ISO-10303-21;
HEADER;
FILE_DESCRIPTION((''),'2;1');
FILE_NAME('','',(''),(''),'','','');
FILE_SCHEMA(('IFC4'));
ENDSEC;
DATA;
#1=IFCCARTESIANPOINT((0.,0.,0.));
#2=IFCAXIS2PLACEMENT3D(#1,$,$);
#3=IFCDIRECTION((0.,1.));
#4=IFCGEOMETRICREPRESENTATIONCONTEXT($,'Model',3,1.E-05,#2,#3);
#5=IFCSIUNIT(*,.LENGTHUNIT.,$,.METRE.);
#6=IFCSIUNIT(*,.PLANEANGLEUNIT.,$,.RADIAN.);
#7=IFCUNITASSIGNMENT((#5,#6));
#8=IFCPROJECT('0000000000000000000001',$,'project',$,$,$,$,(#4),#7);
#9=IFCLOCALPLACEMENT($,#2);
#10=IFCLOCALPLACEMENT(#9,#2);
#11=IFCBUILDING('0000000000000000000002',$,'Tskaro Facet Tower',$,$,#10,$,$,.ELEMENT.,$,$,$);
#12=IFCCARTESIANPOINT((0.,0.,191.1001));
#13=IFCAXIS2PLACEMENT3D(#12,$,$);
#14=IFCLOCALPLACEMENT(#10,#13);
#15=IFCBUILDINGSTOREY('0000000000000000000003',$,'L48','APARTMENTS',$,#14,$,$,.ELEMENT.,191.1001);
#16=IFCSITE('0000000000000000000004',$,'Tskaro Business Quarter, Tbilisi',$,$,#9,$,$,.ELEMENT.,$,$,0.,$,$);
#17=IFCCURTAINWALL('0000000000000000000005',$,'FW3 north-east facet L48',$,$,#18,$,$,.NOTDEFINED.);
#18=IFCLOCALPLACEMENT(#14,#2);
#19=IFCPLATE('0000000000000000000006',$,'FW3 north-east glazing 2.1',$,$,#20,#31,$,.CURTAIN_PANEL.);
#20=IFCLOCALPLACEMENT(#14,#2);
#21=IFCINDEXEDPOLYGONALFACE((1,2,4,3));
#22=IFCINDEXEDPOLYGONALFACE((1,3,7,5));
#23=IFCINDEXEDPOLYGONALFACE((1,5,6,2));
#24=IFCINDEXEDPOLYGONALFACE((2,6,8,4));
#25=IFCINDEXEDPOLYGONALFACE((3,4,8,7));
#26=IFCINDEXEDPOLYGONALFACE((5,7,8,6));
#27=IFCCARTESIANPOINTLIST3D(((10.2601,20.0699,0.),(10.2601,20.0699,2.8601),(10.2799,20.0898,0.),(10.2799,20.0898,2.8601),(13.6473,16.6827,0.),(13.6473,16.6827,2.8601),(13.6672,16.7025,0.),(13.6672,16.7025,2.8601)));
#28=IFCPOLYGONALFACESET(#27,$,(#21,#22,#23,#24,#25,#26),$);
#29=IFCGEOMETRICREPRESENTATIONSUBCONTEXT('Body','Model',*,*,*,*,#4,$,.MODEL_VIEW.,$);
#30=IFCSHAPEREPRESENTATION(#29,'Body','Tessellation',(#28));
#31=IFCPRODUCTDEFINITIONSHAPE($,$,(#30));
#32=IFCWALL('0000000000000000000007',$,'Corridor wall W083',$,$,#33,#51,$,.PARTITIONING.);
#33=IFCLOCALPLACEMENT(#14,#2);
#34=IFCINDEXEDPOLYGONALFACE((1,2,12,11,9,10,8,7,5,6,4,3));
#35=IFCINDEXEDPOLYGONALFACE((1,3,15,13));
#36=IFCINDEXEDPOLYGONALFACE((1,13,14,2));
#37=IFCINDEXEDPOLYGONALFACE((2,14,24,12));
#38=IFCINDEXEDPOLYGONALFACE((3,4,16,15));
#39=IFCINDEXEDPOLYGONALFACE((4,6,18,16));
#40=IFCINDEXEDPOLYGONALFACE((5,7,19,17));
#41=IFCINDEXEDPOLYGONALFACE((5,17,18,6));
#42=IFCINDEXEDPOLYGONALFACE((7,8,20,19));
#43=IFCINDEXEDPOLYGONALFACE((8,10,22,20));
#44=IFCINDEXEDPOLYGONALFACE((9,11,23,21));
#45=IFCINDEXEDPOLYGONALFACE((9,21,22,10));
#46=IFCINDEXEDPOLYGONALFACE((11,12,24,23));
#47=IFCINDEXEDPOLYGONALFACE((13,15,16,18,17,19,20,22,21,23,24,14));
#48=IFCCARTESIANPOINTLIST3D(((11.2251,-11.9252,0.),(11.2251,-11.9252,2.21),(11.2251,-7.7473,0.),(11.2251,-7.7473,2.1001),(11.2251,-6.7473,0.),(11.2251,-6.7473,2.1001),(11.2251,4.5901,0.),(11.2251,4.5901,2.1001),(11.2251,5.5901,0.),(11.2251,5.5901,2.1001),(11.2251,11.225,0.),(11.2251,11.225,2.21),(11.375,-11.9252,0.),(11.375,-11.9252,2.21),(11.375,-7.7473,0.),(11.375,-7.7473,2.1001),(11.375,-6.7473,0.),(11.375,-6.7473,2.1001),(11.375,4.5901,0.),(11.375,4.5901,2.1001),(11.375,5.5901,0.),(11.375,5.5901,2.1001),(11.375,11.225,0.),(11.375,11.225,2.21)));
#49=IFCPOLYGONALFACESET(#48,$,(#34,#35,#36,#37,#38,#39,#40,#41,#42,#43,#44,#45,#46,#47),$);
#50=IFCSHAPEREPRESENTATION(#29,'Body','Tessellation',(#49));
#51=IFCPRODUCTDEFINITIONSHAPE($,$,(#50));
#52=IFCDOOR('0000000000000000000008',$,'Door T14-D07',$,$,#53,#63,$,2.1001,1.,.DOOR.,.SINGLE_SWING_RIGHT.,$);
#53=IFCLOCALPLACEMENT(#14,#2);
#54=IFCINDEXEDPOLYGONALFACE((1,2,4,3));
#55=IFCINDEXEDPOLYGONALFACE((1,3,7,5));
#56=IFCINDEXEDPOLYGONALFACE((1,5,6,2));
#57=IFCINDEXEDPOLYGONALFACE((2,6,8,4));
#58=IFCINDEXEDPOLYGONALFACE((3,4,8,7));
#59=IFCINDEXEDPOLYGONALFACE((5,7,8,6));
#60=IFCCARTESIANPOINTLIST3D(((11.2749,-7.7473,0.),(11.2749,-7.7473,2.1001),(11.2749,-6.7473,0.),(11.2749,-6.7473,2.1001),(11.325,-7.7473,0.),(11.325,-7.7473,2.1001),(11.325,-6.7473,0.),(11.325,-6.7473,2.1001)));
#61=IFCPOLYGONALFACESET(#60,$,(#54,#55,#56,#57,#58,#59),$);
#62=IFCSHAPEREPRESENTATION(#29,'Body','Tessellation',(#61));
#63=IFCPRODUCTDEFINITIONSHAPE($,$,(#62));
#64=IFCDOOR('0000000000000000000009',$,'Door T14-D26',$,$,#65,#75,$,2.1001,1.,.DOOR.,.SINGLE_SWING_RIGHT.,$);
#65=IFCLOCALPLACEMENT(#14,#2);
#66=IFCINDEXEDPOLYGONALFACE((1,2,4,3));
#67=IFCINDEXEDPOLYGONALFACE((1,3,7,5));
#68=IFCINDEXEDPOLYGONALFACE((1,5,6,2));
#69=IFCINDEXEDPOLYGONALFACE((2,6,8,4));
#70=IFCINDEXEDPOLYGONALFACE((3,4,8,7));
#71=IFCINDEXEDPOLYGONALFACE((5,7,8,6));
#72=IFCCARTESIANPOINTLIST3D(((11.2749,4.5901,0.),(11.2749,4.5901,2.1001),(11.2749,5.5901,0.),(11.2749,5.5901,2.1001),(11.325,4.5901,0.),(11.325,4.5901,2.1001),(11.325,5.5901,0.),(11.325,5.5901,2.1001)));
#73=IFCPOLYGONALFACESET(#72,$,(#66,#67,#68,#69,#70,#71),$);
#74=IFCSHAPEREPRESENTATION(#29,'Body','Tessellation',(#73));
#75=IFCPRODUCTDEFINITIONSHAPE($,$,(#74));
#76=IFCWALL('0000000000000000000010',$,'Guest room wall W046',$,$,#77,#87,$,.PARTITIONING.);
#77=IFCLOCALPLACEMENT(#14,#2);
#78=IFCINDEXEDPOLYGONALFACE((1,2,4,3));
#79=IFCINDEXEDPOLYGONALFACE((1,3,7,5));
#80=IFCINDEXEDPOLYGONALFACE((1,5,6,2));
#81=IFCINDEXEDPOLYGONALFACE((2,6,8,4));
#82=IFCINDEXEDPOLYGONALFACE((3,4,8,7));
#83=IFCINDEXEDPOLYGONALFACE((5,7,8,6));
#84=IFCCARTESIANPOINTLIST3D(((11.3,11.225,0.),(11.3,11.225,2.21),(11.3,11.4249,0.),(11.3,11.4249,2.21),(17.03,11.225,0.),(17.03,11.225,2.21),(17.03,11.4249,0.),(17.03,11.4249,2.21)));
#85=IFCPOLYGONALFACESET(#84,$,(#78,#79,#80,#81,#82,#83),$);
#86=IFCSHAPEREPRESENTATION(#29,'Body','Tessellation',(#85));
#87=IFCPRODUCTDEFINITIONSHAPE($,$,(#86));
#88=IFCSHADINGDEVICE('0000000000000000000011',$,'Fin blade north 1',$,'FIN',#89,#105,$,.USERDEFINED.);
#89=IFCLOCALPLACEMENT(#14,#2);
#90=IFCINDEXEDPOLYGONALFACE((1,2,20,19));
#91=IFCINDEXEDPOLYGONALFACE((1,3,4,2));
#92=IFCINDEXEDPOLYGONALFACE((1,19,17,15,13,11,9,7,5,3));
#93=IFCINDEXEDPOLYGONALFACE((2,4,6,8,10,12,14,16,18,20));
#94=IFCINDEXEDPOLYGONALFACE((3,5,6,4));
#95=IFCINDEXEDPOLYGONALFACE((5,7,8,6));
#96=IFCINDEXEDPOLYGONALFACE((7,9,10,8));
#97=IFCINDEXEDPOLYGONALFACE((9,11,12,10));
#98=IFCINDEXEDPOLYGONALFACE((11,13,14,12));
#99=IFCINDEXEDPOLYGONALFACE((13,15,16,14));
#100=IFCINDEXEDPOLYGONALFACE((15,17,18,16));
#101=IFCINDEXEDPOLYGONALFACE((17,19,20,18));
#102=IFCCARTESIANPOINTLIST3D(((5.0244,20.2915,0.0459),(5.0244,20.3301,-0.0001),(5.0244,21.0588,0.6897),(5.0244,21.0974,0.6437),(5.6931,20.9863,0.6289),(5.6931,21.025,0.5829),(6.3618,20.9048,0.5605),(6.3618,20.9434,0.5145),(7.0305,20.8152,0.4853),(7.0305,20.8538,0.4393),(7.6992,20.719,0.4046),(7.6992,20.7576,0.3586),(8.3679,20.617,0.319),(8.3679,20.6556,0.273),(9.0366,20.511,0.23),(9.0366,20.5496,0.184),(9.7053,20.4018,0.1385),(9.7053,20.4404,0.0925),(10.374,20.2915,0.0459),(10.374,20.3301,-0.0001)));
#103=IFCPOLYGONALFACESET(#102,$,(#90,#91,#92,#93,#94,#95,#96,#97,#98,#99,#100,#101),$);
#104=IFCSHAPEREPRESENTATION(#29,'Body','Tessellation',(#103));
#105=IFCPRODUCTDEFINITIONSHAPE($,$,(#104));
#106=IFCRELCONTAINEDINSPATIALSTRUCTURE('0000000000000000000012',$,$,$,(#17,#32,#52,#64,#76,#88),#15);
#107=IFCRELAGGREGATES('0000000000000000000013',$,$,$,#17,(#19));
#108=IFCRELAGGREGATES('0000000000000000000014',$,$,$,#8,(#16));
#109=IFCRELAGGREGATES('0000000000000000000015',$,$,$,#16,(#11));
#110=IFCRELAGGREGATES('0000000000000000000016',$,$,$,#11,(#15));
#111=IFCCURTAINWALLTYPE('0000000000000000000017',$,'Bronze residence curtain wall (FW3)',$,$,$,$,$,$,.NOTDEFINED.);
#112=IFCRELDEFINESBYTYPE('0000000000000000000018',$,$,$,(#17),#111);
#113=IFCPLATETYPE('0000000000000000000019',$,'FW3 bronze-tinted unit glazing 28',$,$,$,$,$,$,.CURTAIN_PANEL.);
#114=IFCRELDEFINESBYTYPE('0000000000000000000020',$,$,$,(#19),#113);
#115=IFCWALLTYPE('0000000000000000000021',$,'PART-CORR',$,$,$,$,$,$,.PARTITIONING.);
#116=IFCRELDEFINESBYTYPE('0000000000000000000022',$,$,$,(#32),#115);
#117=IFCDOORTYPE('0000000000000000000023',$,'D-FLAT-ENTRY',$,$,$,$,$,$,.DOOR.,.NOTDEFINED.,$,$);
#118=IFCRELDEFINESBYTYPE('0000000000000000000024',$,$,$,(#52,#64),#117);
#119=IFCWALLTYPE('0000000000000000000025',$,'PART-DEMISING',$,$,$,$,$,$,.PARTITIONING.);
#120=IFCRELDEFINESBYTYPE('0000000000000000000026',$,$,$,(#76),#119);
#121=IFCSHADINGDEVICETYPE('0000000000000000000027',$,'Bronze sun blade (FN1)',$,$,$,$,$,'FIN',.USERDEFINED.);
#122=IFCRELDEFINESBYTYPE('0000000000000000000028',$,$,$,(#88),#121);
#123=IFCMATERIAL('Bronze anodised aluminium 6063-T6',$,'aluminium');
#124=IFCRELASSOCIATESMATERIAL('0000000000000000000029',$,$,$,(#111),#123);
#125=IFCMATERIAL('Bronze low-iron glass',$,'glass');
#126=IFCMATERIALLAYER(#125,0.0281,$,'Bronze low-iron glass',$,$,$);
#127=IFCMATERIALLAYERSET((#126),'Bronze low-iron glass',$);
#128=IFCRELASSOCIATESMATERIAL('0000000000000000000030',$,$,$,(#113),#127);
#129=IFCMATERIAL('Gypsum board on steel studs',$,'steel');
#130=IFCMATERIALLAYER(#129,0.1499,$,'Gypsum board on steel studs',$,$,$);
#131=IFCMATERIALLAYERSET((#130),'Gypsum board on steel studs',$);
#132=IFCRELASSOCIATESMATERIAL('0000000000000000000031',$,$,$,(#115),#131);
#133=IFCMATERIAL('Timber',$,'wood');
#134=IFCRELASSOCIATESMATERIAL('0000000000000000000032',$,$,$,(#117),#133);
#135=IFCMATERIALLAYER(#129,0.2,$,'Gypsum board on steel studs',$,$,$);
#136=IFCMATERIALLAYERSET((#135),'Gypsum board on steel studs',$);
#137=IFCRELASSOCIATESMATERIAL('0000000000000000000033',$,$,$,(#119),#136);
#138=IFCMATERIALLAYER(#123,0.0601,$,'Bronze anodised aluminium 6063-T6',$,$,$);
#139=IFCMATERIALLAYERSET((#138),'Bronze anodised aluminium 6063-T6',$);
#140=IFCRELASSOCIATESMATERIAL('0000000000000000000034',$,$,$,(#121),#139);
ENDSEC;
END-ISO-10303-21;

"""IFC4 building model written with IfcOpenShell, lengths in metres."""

from ifc_helpers import new_model, si_unit, direction, frame, frame_2d, origin, origin_2d, place, context, subcontext, project, spatial, polyline, rectangle, outline, extrude, material, layer, layer_set, type_object, element, fill, aggregate, save


model = new_model("IFC4")

# Units and contexts
model_context = context("Model", 3, precision=1e-05, world=origin(), true_north=direction((0.0, 1.0)))
body_context = subcontext(model_context, "Body", "Model", "MODEL_VIEW")
ifc_project = project(units=[si_unit("LENGTHUNIT", "METRE"), si_unit("PLANEANGLEUNIT", "RADIAN")], contexts=[model_context])

# Site, building, storey
site_placement = place(None, origin())
site = spatial("IfcSite", under=ifc_project, at=site_placement, Name="Tskaro Business Quarter, Tbilisi", CompositionType="ELEMENT", RefElevation=0.0)
building_placement = place(site_placement, origin())
building = spatial("IfcBuilding", under=site, at=building_placement, Name="Tskaro Facet Tower", CompositionType="ELEMENT")
storey_placement = place(building_placement, frame((0.0, 0.0, 191.1001)))
storey = spatial("IfcBuildingStorey", under=building, at=storey_placement, Name="L48", Description="APARTMENTS", CompositionType="ELEMENT", Elevation=191.1001)

# Curtain wall
ifc_material_1 = material(Name="Bronze anodised aluminium 6063-T6", Category="aluminium")
curtain_wall_type = type_object("IfcCurtainWallType", Name="Bronze residence curtain wall (FW3)", PredefinedType="NOTDEFINED", material=ifc_material_1)
curtain_wall_1_placement = place(storey_placement, origin())
curtain_wall_1 = element("IfcCurtainWall", 1, at=curtain_wall_1_placement, inside=storey, type_object=curtain_wall_type, Name="FW3 north-east facet L48", PredefinedType="NOTDEFINED")

# Shared definitions
ifc_material_2 = material(Name="Bronze low-iron glass", Category="glass")
ifc_layer_1 = layer(ifc_material_2, 0.0281, Name="Bronze low-iron glass")
ifc_layer_set_1 = layer_set([ifc_layer_1], Name="Bronze low-iron glass")
plate_type = type_object("IfcPlateType", Name="FW3 bronze-tinted unit glazing 28", PredefinedType="CURTAIN_PANEL", material=ifc_layer_set_1)

# Plate
plate_1_placement = place(storey_placement, frame((11.9636, 18.3862, 0.0), z_axis=(0.0, 0.0, 1.0), x_axis=(-0.707107, 0.707107, 0.0)))
plate_1 = element("IfcPlate", 2, at=plate_1_placement, type_object=plate_type, Name="FW3 north-east glazing 2.1", PredefinedType="CURTAIN_PANEL", context=body_context, shape_type="SweptSolid", body=[
    extrude(rectangle(XDim=4.7903, YDim=0.0281, at=origin_2d()), origin(), (0.0, 0.0, 1.0), 2.8601),
])
aggregate(curtain_wall_1, [plate_1])

# Wall, openings, doors
ifc_material_3 = material(Name="Gypsum board on steel studs", Category="steel")
ifc_layer_2 = layer(ifc_material_3, 0.1499, Name="Gypsum board on steel studs")
ifc_layer_set_2 = layer_set([ifc_layer_2], Name="Gypsum board on steel studs")
wall_type_1 = type_object("IfcWallType", Name="PART-CORR", PredefinedType="PARTITIONING", material=ifc_layer_set_2)
wall_1_placement = place(storey_placement, frame((11.3, 11.2251, 0.0), z_axis=(0.0, 0.0, 1.0), x_axis=(0.0, -1.0, 0.0)))
wall_1 = element("IfcWall", 3, at=wall_1_placement, inside=storey, type_object=wall_type_1, Name="Corridor wall W083", PredefinedType="PARTITIONING", context=body_context, shape_type="SweptSolid", body=[
    extrude(rectangle(XDim=23.1501, YDim=0.1499, at=frame_2d((11.5752, 0.0))), origin(), (0.0, 0.0, 1.0), 2.21),
])
opening_1_placement = place(wall_1_placement, frame((17.9724, 0.0, 0.0)))
opening_1 = element("IfcOpeningElement", 4, at=opening_1_placement, cuts=wall_1, PredefinedType="OPENING", context=body_context, shape_type="SweptSolid", body=[
    extrude(rectangle(XDim=1.0, YDim=2.1001, at=frame_2d((0.5, 1.05))), frame((0.0, 0.085, 0.0), z_axis=(0.0, -1.0, 0.0), x_axis=(1.0, 0.0, 0.0)), (0.0, 0.0, 1.0), 0.1699),
])
opening_2_placement = place(wall_1_placement, frame((5.635, 0.0, 0.0)))
opening_2 = element("IfcOpeningElement", 5, at=opening_2_placement, cuts=wall_1, PredefinedType="OPENING", context=body_context, shape_type="SweptSolid", body=[
    extrude(rectangle(XDim=1.0, YDim=2.1001, at=frame_2d((0.5, 1.05))), frame((0.0, 0.085, 0.0), z_axis=(0.0, -1.0, 0.0), x_axis=(1.0, 0.0, 0.0)), (0.0, 0.0, 1.0), 0.1699),
])
ifc_material_4 = material(Name="Timber", Category="wood")
door_type = type_object("IfcDoorType", Name="D-FLAT-ENTRY", OperationType="NOTDEFINED", PredefinedType="DOOR", material=ifc_material_4)
door_1_placement = place(opening_1_placement, origin())
door_1 = element("IfcDoor", 6, at=door_1_placement, inside=storey, type_object=door_type, Name="Door T14-D07", OperationType="SINGLE_SWING_RIGHT", OverallHeight=2.1001, OverallWidth=1.0, PredefinedType="DOOR", context=body_context, shape_type="SweptSolid", body=[
    extrude(rectangle(XDim=1.0, YDim=2.1001, at=frame_2d((0.5, 1.05))), frame((0.0, 0.0249, 0.0), z_axis=(0.0, -1.0, 0.0), x_axis=(1.0, 0.0, 0.0)), (0.0, 0.0, 1.0), 0.05),
])
fill(opening_1, door_1)
door_2_placement = place(opening_2_placement, origin())
door_2 = element("IfcDoor", 7, at=door_2_placement, inside=storey, type_object=door_type, Name="Door T14-D26", OperationType="SINGLE_SWING_RIGHT", OverallHeight=2.1001, OverallWidth=1.0, PredefinedType="DOOR", context=body_context, shape_type="SweptSolid", body=[
    extrude(rectangle(XDim=1.0, YDim=2.1001, at=frame_2d((0.5, 1.05))), frame((0.0, 0.0249, 0.0), z_axis=(0.0, -1.0, 0.0), x_axis=(1.0, 0.0, 0.0)), (0.0, 0.0, 1.0), 0.05),
])
fill(opening_2, door_2)

# Wall
ifc_layer_3 = layer(ifc_material_3, 0.2, Name="Gypsum board on steel studs")
ifc_layer_set_3 = layer_set([ifc_layer_3], Name="Gypsum board on steel studs")
wall_type_2 = type_object("IfcWallType", Name="PART-DEMISING", PredefinedType="PARTITIONING", material=ifc_layer_set_3)
wall_2_placement = place(storey_placement, frame((11.3, 11.325, 0.0), z_axis=(0.0, 0.0, 1.0), x_axis=(1.0, 0.0, 0.0)))
element("IfcWall", 8, at=wall_2_placement, inside=storey, type_object=wall_type_2, Name="Guest room wall W046", PredefinedType="PARTITIONING", context=body_context, shape_type="SweptSolid", body=[
    extrude(rectangle(XDim=5.73, YDim=0.2, at=frame_2d((2.865, 0.0))), origin(), (0.0, 0.0, 1.0), 2.21),
])

# Shading device
ifc_layer_4 = layer(ifc_material_1, 0.0601, Name="Bronze anodised aluminium 6063-T6")
ifc_layer_set_4 = layer_set([ifc_layer_4], Name="Bronze anodised aluminium 6063-T6")
shading_device_type = type_object("IfcShadingDeviceType", Name="Bronze sun blade (FN1)", ElementType="FIN", PredefinedType="USERDEFINED", material=ifc_layer_set_4)
shading_device_placement = place(storey_placement, frame((10.374, 20.2915, 0.0459), z_axis=(-0.000007, -0.642777, 0.766053), x_axis=(-1.0, 0.000004, -0.000005)))
element("IfcShadingDevice", 9, at=shading_device_placement, inside=storey, type_object=shading_device_type, Name="Fin blade north 1", ObjectType="FIN", PredefinedType="USERDEFINED", context=body_context, shape_type="SweptSolid", body=[
    extrude(outline(polyline([(0.0, 0.0), (5.3496, 0.0), (5.3496, -1.0016), (4.6809, -0.907), (4.0122, -0.8006), (3.3435, -0.6836), (2.6748, -0.558), (2.0061, -0.4249), (1.3374, -0.2865), (0.6687, -0.144), (0.0, 0.0)])), origin(), (0.0, 0.0, -1.0), 0.0601),
])

save(model, "model.ifc")
